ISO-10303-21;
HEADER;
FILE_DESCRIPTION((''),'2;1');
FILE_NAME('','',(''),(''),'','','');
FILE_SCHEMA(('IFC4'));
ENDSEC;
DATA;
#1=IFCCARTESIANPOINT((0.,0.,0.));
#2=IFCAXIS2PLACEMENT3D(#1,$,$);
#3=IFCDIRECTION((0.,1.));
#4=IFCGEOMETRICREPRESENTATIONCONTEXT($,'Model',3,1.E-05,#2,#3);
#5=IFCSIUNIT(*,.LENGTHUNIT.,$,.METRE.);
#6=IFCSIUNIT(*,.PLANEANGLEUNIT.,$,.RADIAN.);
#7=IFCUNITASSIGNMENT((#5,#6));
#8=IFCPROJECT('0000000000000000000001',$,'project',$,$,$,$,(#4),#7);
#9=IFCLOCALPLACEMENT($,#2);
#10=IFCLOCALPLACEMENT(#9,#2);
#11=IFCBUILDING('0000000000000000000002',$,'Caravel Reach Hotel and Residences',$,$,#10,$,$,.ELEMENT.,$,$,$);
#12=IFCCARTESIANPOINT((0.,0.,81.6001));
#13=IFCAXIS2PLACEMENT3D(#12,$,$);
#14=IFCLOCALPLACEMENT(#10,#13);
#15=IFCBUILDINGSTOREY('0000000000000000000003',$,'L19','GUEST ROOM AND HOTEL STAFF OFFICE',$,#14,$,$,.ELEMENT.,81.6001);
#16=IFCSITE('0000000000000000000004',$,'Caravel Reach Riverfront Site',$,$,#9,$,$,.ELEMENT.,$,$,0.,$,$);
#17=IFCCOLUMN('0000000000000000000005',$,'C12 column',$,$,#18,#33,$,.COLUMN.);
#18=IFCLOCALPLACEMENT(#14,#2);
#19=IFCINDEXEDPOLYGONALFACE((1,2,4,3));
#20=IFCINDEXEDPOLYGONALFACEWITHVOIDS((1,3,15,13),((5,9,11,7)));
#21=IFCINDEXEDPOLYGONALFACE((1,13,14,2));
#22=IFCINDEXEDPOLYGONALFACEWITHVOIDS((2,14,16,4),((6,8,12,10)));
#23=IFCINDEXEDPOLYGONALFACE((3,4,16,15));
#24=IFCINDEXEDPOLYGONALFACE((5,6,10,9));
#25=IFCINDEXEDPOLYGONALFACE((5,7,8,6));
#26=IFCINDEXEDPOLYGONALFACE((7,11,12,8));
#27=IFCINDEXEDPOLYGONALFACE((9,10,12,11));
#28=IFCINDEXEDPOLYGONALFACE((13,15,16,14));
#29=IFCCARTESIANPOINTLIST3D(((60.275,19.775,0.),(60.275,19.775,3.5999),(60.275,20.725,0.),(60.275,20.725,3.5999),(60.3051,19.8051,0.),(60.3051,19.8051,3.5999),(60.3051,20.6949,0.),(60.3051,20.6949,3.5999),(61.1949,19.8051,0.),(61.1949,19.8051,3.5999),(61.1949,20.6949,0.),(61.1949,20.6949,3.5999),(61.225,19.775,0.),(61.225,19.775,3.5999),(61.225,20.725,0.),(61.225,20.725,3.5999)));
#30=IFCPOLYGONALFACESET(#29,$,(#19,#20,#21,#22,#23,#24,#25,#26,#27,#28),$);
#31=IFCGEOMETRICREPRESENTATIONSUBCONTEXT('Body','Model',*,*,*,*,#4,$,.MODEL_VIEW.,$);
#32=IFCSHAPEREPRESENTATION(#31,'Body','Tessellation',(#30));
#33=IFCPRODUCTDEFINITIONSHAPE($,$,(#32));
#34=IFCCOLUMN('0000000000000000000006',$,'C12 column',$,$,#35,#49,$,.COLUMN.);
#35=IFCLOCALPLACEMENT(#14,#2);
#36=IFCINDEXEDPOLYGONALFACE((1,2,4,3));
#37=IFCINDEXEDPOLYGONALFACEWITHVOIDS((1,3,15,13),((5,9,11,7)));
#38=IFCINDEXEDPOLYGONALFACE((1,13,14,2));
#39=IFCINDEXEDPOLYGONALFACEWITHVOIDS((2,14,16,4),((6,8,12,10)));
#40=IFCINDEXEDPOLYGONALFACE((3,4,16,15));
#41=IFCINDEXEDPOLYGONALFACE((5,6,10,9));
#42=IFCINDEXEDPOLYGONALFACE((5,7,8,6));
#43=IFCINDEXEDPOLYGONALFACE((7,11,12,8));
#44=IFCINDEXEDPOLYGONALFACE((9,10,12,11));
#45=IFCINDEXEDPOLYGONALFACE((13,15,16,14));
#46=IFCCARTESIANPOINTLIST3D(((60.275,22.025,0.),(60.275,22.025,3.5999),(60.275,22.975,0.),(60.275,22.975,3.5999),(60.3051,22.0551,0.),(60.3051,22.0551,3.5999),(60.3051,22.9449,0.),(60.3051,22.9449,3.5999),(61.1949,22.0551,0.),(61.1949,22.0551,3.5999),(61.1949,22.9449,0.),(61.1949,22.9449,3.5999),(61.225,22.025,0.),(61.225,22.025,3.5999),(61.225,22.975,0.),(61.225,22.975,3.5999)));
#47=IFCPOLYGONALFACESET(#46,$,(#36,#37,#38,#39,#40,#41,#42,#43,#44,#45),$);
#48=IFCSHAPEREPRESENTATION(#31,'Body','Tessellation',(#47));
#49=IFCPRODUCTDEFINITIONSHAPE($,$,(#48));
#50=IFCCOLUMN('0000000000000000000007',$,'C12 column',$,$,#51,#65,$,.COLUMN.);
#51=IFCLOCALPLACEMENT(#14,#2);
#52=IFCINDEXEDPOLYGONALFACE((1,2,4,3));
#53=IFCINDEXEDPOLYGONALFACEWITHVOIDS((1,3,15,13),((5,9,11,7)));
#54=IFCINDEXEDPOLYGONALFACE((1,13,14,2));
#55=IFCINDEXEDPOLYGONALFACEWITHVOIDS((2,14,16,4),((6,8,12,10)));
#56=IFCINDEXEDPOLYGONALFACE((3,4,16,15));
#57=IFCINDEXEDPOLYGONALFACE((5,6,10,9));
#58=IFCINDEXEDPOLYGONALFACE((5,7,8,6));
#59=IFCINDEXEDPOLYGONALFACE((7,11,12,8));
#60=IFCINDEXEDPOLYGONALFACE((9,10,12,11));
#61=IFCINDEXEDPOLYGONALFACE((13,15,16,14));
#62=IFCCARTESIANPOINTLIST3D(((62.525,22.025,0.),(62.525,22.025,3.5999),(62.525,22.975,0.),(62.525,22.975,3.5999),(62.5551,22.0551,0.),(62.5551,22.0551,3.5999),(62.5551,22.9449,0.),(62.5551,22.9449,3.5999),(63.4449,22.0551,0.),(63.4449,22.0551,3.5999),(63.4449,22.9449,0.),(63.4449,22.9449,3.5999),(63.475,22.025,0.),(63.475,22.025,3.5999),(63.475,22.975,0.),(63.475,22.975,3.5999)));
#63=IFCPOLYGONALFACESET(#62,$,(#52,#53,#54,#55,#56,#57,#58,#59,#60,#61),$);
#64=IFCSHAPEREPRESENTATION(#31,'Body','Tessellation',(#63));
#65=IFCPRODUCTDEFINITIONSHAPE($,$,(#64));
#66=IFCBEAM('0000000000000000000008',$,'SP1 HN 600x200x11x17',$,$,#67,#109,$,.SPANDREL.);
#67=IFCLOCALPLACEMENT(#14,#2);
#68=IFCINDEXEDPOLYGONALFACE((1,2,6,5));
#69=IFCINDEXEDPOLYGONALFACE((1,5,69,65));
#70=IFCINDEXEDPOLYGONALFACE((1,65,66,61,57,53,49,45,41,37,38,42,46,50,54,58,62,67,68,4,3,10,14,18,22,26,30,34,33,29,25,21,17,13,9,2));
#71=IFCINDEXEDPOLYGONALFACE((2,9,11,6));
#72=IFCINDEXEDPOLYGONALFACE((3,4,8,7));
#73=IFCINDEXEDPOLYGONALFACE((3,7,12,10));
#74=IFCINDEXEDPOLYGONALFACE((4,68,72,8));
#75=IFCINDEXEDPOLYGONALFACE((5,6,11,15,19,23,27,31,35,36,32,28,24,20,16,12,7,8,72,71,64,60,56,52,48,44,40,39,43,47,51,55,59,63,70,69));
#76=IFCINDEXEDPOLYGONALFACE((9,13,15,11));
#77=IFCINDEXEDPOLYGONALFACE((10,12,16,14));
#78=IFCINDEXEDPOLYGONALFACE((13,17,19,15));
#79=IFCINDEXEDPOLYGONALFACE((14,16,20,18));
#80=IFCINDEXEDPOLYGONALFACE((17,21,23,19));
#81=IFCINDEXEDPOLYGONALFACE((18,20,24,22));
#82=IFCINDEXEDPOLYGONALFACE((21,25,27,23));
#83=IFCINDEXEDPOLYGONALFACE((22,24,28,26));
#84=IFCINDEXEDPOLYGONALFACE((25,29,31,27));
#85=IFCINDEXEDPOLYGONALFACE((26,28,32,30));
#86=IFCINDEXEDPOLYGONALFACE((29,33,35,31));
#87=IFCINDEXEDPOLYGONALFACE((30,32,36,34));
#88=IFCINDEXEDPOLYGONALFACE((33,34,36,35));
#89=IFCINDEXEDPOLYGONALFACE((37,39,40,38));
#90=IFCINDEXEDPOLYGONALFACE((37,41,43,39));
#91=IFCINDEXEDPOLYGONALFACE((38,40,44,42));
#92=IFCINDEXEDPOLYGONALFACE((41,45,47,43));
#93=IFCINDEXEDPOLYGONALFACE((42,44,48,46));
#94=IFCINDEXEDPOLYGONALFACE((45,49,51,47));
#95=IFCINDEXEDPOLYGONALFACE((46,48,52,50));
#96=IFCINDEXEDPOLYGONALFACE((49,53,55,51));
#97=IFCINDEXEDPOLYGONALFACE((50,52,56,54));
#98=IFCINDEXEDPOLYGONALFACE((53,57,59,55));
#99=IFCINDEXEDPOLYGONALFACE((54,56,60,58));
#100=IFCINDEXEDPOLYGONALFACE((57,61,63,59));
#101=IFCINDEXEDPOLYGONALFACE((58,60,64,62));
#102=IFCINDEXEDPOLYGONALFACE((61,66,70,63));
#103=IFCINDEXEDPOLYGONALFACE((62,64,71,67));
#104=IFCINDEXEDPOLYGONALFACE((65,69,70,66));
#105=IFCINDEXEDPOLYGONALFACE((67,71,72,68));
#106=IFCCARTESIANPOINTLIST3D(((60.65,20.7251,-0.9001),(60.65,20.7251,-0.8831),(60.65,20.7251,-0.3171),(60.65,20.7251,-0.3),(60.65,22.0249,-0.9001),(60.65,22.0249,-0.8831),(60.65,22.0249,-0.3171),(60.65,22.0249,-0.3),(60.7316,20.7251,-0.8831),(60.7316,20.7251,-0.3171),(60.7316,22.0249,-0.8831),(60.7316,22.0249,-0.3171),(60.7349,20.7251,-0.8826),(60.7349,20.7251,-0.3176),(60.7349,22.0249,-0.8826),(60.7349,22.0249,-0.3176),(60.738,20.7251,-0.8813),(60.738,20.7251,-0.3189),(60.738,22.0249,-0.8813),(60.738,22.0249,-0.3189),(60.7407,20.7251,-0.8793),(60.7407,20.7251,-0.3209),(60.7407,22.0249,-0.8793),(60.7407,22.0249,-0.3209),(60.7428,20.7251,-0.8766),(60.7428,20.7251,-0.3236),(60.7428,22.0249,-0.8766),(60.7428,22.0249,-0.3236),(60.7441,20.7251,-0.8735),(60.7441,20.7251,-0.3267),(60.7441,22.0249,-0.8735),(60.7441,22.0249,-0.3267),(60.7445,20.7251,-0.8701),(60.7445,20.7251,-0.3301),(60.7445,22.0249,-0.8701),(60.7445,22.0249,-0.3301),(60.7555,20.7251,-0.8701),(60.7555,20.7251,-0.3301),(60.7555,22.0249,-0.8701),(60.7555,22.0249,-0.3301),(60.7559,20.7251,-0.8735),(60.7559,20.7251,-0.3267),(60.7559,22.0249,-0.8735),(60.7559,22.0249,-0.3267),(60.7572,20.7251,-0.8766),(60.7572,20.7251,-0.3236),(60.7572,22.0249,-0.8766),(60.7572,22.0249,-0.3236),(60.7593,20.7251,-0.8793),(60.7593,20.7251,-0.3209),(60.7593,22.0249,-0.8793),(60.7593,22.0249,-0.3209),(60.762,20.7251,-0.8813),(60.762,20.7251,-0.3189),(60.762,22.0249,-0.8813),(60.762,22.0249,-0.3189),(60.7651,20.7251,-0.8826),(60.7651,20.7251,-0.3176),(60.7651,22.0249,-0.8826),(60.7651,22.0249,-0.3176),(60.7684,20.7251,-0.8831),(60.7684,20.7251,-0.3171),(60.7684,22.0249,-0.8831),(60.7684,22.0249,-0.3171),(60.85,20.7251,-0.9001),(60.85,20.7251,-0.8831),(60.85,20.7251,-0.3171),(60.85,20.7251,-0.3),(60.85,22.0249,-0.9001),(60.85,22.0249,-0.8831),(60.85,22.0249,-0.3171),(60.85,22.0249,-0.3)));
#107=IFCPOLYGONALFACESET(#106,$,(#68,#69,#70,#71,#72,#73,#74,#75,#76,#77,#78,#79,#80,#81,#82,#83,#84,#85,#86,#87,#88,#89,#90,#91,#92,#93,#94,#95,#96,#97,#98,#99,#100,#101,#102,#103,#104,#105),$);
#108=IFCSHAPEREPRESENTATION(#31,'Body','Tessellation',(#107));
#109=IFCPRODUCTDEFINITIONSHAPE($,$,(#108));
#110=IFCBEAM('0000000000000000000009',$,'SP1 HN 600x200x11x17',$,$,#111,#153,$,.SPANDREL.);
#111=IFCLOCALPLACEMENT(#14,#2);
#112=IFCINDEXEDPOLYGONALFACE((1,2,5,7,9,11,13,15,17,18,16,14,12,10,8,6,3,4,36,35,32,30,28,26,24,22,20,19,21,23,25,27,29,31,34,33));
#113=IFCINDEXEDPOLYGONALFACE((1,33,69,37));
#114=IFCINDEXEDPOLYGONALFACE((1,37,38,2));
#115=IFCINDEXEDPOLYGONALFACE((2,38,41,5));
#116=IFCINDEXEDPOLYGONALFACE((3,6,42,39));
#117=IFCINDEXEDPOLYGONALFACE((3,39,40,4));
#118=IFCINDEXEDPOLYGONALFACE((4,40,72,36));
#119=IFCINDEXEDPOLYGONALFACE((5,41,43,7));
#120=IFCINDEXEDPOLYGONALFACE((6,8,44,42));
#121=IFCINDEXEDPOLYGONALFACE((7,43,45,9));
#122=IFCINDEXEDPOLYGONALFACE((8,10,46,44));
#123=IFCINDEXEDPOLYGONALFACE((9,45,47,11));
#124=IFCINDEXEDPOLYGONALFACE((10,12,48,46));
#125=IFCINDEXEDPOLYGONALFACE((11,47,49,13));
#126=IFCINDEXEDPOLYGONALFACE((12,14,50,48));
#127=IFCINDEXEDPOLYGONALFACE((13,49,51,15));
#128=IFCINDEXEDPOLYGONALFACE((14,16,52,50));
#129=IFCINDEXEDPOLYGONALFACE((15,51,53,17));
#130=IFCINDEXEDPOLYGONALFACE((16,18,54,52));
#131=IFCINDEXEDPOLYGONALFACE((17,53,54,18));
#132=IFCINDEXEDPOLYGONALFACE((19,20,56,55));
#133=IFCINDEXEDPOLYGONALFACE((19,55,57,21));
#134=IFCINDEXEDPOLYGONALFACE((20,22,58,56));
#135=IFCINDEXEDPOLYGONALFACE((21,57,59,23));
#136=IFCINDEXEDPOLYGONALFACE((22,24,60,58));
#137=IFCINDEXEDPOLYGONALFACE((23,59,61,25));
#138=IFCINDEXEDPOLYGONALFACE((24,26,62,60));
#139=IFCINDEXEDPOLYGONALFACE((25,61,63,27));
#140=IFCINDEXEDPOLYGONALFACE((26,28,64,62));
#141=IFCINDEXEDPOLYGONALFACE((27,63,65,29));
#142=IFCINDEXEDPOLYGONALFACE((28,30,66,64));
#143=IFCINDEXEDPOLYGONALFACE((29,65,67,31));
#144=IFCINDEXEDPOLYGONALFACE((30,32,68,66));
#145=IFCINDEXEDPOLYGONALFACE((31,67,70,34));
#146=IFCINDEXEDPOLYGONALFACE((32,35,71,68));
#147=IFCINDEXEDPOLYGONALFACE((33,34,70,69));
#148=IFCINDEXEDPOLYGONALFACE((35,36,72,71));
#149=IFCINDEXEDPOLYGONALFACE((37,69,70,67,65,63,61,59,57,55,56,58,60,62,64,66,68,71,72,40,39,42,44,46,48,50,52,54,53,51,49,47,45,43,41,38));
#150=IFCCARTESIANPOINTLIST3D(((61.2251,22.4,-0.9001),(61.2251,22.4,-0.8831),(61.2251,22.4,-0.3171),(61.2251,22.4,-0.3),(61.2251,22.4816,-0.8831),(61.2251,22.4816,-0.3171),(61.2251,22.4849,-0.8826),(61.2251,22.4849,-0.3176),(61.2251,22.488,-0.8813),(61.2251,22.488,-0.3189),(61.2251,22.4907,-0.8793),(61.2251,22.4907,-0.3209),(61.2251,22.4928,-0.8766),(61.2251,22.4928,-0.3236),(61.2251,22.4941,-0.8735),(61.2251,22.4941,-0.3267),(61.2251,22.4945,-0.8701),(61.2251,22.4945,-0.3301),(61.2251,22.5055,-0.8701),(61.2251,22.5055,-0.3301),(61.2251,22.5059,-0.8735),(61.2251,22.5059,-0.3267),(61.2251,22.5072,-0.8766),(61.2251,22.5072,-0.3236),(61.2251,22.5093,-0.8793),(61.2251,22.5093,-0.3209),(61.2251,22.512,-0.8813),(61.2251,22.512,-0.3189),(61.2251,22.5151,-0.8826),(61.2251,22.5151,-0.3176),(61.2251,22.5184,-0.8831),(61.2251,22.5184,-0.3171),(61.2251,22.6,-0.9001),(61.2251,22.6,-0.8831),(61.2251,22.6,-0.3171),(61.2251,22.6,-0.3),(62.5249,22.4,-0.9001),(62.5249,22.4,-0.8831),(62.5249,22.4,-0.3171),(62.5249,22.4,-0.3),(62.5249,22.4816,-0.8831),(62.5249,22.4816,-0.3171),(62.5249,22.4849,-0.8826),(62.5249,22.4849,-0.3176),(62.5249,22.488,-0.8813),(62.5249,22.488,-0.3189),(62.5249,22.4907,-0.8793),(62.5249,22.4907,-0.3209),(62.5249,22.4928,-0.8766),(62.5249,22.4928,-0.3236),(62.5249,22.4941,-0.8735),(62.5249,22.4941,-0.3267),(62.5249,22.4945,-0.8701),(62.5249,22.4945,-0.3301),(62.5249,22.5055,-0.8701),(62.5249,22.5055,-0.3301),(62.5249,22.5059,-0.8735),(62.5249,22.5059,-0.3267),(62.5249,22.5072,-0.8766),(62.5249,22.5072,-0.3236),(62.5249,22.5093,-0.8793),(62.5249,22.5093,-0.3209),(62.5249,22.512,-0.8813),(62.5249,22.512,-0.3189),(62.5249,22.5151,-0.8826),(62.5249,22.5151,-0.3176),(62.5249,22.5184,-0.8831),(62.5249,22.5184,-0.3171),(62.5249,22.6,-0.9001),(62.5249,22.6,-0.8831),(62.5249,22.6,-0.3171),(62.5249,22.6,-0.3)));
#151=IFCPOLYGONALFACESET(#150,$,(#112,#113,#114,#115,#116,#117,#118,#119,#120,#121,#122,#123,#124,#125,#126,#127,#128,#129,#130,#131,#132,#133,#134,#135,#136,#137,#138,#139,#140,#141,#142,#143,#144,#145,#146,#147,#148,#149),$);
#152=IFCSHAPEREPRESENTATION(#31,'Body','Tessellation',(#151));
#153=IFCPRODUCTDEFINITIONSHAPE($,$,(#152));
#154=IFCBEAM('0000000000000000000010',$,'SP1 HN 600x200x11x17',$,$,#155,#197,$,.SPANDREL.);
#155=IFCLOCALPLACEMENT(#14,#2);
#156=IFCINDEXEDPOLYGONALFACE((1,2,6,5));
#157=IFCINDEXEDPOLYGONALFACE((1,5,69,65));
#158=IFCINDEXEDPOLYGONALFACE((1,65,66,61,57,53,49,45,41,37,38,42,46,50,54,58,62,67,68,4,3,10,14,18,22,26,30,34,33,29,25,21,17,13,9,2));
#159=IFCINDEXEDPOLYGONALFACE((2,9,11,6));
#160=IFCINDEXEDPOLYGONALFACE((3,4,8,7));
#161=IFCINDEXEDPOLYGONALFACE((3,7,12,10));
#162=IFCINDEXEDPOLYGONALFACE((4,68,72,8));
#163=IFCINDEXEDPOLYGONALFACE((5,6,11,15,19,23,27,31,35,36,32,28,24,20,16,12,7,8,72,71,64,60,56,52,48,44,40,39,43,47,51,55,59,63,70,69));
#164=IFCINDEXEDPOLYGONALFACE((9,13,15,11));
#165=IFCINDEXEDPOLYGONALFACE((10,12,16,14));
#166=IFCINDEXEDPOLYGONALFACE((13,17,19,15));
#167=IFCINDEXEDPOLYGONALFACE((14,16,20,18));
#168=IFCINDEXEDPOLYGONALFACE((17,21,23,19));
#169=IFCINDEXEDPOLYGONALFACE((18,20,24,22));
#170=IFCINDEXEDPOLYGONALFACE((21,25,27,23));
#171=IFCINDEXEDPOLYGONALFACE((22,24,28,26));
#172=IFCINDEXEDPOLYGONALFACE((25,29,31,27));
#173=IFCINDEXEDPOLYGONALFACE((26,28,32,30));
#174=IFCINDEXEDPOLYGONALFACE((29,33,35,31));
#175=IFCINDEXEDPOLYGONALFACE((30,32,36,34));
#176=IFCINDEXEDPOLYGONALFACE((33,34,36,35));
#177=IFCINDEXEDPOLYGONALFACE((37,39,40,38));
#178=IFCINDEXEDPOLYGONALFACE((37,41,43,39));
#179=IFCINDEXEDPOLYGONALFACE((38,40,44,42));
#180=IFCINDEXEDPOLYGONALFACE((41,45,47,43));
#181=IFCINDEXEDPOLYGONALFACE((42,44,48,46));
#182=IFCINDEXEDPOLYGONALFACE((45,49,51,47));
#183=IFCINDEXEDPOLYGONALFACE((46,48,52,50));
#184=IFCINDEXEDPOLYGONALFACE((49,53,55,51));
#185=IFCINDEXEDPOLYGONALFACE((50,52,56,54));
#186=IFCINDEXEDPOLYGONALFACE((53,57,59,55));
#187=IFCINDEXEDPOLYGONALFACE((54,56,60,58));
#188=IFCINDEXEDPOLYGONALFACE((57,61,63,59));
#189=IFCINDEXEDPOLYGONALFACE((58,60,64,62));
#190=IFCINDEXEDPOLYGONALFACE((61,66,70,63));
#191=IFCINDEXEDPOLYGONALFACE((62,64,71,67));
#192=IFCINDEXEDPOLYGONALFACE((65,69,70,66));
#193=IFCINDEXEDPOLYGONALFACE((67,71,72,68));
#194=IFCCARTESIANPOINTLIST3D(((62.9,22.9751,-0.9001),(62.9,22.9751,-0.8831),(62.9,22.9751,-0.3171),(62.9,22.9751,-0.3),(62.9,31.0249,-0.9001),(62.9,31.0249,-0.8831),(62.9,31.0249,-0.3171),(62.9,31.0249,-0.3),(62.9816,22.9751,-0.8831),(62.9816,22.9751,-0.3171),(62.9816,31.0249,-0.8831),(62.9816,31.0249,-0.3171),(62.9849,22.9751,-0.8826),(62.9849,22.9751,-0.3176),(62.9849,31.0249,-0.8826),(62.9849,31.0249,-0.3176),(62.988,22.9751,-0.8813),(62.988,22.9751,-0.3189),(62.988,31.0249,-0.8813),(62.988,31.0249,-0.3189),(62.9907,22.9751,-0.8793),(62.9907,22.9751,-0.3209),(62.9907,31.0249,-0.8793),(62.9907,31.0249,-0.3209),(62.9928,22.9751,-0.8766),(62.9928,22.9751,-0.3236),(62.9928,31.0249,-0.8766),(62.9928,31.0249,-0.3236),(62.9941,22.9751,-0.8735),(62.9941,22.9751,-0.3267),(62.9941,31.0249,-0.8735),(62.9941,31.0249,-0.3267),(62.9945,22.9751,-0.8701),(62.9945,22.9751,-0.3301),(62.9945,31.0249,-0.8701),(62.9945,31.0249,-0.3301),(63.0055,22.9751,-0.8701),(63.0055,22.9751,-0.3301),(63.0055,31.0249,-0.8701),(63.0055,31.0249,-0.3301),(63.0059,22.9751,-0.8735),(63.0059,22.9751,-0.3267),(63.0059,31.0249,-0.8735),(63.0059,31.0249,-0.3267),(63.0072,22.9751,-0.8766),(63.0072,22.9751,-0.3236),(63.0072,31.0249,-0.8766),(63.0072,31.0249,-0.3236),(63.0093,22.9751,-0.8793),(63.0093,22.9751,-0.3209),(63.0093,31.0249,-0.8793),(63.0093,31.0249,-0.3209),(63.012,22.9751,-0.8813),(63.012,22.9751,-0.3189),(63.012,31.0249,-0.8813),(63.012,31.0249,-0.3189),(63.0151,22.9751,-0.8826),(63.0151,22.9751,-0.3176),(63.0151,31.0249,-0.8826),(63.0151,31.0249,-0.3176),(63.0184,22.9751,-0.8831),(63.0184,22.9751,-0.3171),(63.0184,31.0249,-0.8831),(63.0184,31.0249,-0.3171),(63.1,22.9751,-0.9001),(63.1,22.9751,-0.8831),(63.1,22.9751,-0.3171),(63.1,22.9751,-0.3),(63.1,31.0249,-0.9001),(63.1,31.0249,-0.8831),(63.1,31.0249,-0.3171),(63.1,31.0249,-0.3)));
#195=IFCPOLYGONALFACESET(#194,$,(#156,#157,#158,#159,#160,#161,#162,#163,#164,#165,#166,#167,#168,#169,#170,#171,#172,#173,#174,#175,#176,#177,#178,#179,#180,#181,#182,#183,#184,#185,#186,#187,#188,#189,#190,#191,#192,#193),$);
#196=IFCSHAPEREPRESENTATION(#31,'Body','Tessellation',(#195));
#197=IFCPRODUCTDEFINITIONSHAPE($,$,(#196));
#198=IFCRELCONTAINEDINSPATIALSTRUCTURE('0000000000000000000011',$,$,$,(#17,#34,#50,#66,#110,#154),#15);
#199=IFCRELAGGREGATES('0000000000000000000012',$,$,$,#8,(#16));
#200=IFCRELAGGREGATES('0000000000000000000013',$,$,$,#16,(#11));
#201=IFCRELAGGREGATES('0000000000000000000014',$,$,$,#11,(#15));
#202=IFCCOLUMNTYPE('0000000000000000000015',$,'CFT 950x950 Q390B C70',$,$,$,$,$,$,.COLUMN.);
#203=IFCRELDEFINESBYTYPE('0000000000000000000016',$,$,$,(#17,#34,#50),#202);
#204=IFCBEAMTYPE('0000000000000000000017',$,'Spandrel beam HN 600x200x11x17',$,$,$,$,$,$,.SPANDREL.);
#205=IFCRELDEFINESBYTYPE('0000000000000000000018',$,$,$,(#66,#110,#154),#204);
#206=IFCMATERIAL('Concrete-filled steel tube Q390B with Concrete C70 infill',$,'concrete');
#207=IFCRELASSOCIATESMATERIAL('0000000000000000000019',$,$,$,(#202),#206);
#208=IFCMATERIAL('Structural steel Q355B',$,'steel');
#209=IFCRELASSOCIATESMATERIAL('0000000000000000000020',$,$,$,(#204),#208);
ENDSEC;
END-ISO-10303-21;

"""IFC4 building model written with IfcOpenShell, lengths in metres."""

from ifc_helpers import new_model, si_unit, direction, frame, origin, origin_2d, place, context, subcontext, project, spatial, hollow_rectangle, i_section, extrude, material, material_profile, profile_set, type_object, element, save


model = new_model("IFC4")

# Units and contexts
model_context = context("Model", 3, precision=1e-05, world=origin(), true_north=direction((0.0, 1.0)))
body_context = subcontext(model_context, "Body", "Model", "MODEL_VIEW")
ifc_project = project(units=[si_unit("LENGTHUNIT", "METRE"), si_unit("PLANEANGLEUNIT", "RADIAN")], contexts=[model_context])

# Site, building, storey
site_placement = place(None, origin())
site = spatial("IfcSite", under=ifc_project, at=site_placement, Name="Caravel Reach Riverfront Site", CompositionType="ELEMENT", RefElevation=0.0)
building_placement = place(site_placement, origin())
building = spatial("IfcBuilding", under=site, at=building_placement, Name="Caravel Reach Hotel and Residences", CompositionType="ELEMENT")
storey_placement = place(building_placement, frame((0.0, 0.0, 81.6001)))
storey = spatial("IfcBuildingStorey", under=building, at=storey_placement, Name="L19", Description="GUEST ROOM AND HOTEL STAFF OFFICE", CompositionType="ELEMENT", Elevation=81.6001)

# Columns
ifc_material_1 = material(Name="Concrete-filled steel tube Q390B with Concrete C70 infill", Category="concrete")
ifc_material_profile_1 = material_profile(ifc_material_1, hollow_rectangle(XDim=0.95, YDim=0.95, WallThickness=0.03, at=origin_2d()), Name="RHS 950x950x30")
ifc_profile_set_1 = profile_set([ifc_material_profile_1], Name="Concrete-filled steel tube Q390B with Concrete C70 infill")
column_type = type_object("IfcColumnType", Name="CFT 950x950 Q390B C70", PredefinedType="COLUMN", material=ifc_profile_set_1)
for number, where, z_axis, x_axis, name in (
    (1, (60.75, 20.25, 0.0), (0.0, 0.0, 1.0), (1.0, 0.0, 0.0), "C12 column"),
    (2, (60.75, 22.5, 0.0), (0.0, 0.0, 1.0), (1.0, 0.0, 0.0), "C12 column"),
    (3, (63.0, 22.5, 0.0), (0.0, 0.0, 1.0), (1.0, 0.0, 0.0), "C12 column"),
):
    element("IfcColumn", number, at=place(storey_placement, frame(where, z_axis=z_axis, x_axis=x_axis)), inside=storey, type_object=column_type, Name=name, PredefinedType="COLUMN", context=body_context, shape_type="SweptSolid", body=[
        extrude(hollow_rectangle(XDim=0.95, YDim=0.95, WallThickness=0.03, at=origin_2d()), origin(), (0.0, 0.0, 1.0), 3.5999),
    ])

# Beams
ifc_material_2 = material(Name="Structural steel Q355B", Category="steel")
ifc_material_profile_2 = material_profile(ifc_material_2, i_section(OverallWidth=0.2, OverallDepth=0.6001, WebThickness=0.011, FlangeThickness=0.0171, FilletRadius=0.0129, at=origin_2d()), Name="HN 600x200x11x17")
ifc_profile_set_2 = profile_set([ifc_material_profile_2], Name="Structural steel Q355B")
beam_type = type_object("IfcBeamType", Name="Spandrel beam HN 600x200x11x17", PredefinedType="SPANDREL", material=ifc_profile_set_2)
for number, where, z_axis, x_axis, name in (
    (4, (60.75, 20.7251, -0.6001), (0.0, 1.0, 0.0), (-1.0, 0.0, 0.0), "SP1 HN 600x200x11x17"),
    (5, (61.2251, 22.5, -0.6001), (1.0, 0.0, 0.0), (0.0, 1.0, 0.0), "SP1 HN 600x200x11x17"),
):
    element("IfcBeam", number, at=place(storey_placement, frame(where, z_axis=z_axis, x_axis=x_axis)), inside=storey, type_object=beam_type, Name=name, PredefinedType="SPANDREL", context=body_context, shape_type="SweptSolid", body=[
        extrude(i_section(OverallWidth=0.2, OverallDepth=0.6001, WebThickness=0.011, FlangeThickness=0.0171, FilletRadius=0.0129, at=origin_2d()), origin(), (0.0, 0.0, 1.0), 1.2998),
    ])
beam_placement = place(storey_placement, frame((63.0, 22.9751, -0.6001), z_axis=(0.0, 1.0, 0.0), x_axis=(-1.0, 0.0, 0.0)))
element("IfcBeam", 6, at=beam_placement, inside=storey, type_object=beam_type, Name="SP1 HN 600x200x11x17", PredefinedType="SPANDREL", context=body_context, shape_type="SweptSolid", body=[
    extrude(i_section(OverallWidth=0.2, OverallDepth=0.6001, WebThickness=0.011, FlangeThickness=0.0171, FilletRadius=0.0129, at=origin_2d()), origin(), (0.0, 0.0, 1.0), 8.0498),
])

save(model, "model.ifc")
